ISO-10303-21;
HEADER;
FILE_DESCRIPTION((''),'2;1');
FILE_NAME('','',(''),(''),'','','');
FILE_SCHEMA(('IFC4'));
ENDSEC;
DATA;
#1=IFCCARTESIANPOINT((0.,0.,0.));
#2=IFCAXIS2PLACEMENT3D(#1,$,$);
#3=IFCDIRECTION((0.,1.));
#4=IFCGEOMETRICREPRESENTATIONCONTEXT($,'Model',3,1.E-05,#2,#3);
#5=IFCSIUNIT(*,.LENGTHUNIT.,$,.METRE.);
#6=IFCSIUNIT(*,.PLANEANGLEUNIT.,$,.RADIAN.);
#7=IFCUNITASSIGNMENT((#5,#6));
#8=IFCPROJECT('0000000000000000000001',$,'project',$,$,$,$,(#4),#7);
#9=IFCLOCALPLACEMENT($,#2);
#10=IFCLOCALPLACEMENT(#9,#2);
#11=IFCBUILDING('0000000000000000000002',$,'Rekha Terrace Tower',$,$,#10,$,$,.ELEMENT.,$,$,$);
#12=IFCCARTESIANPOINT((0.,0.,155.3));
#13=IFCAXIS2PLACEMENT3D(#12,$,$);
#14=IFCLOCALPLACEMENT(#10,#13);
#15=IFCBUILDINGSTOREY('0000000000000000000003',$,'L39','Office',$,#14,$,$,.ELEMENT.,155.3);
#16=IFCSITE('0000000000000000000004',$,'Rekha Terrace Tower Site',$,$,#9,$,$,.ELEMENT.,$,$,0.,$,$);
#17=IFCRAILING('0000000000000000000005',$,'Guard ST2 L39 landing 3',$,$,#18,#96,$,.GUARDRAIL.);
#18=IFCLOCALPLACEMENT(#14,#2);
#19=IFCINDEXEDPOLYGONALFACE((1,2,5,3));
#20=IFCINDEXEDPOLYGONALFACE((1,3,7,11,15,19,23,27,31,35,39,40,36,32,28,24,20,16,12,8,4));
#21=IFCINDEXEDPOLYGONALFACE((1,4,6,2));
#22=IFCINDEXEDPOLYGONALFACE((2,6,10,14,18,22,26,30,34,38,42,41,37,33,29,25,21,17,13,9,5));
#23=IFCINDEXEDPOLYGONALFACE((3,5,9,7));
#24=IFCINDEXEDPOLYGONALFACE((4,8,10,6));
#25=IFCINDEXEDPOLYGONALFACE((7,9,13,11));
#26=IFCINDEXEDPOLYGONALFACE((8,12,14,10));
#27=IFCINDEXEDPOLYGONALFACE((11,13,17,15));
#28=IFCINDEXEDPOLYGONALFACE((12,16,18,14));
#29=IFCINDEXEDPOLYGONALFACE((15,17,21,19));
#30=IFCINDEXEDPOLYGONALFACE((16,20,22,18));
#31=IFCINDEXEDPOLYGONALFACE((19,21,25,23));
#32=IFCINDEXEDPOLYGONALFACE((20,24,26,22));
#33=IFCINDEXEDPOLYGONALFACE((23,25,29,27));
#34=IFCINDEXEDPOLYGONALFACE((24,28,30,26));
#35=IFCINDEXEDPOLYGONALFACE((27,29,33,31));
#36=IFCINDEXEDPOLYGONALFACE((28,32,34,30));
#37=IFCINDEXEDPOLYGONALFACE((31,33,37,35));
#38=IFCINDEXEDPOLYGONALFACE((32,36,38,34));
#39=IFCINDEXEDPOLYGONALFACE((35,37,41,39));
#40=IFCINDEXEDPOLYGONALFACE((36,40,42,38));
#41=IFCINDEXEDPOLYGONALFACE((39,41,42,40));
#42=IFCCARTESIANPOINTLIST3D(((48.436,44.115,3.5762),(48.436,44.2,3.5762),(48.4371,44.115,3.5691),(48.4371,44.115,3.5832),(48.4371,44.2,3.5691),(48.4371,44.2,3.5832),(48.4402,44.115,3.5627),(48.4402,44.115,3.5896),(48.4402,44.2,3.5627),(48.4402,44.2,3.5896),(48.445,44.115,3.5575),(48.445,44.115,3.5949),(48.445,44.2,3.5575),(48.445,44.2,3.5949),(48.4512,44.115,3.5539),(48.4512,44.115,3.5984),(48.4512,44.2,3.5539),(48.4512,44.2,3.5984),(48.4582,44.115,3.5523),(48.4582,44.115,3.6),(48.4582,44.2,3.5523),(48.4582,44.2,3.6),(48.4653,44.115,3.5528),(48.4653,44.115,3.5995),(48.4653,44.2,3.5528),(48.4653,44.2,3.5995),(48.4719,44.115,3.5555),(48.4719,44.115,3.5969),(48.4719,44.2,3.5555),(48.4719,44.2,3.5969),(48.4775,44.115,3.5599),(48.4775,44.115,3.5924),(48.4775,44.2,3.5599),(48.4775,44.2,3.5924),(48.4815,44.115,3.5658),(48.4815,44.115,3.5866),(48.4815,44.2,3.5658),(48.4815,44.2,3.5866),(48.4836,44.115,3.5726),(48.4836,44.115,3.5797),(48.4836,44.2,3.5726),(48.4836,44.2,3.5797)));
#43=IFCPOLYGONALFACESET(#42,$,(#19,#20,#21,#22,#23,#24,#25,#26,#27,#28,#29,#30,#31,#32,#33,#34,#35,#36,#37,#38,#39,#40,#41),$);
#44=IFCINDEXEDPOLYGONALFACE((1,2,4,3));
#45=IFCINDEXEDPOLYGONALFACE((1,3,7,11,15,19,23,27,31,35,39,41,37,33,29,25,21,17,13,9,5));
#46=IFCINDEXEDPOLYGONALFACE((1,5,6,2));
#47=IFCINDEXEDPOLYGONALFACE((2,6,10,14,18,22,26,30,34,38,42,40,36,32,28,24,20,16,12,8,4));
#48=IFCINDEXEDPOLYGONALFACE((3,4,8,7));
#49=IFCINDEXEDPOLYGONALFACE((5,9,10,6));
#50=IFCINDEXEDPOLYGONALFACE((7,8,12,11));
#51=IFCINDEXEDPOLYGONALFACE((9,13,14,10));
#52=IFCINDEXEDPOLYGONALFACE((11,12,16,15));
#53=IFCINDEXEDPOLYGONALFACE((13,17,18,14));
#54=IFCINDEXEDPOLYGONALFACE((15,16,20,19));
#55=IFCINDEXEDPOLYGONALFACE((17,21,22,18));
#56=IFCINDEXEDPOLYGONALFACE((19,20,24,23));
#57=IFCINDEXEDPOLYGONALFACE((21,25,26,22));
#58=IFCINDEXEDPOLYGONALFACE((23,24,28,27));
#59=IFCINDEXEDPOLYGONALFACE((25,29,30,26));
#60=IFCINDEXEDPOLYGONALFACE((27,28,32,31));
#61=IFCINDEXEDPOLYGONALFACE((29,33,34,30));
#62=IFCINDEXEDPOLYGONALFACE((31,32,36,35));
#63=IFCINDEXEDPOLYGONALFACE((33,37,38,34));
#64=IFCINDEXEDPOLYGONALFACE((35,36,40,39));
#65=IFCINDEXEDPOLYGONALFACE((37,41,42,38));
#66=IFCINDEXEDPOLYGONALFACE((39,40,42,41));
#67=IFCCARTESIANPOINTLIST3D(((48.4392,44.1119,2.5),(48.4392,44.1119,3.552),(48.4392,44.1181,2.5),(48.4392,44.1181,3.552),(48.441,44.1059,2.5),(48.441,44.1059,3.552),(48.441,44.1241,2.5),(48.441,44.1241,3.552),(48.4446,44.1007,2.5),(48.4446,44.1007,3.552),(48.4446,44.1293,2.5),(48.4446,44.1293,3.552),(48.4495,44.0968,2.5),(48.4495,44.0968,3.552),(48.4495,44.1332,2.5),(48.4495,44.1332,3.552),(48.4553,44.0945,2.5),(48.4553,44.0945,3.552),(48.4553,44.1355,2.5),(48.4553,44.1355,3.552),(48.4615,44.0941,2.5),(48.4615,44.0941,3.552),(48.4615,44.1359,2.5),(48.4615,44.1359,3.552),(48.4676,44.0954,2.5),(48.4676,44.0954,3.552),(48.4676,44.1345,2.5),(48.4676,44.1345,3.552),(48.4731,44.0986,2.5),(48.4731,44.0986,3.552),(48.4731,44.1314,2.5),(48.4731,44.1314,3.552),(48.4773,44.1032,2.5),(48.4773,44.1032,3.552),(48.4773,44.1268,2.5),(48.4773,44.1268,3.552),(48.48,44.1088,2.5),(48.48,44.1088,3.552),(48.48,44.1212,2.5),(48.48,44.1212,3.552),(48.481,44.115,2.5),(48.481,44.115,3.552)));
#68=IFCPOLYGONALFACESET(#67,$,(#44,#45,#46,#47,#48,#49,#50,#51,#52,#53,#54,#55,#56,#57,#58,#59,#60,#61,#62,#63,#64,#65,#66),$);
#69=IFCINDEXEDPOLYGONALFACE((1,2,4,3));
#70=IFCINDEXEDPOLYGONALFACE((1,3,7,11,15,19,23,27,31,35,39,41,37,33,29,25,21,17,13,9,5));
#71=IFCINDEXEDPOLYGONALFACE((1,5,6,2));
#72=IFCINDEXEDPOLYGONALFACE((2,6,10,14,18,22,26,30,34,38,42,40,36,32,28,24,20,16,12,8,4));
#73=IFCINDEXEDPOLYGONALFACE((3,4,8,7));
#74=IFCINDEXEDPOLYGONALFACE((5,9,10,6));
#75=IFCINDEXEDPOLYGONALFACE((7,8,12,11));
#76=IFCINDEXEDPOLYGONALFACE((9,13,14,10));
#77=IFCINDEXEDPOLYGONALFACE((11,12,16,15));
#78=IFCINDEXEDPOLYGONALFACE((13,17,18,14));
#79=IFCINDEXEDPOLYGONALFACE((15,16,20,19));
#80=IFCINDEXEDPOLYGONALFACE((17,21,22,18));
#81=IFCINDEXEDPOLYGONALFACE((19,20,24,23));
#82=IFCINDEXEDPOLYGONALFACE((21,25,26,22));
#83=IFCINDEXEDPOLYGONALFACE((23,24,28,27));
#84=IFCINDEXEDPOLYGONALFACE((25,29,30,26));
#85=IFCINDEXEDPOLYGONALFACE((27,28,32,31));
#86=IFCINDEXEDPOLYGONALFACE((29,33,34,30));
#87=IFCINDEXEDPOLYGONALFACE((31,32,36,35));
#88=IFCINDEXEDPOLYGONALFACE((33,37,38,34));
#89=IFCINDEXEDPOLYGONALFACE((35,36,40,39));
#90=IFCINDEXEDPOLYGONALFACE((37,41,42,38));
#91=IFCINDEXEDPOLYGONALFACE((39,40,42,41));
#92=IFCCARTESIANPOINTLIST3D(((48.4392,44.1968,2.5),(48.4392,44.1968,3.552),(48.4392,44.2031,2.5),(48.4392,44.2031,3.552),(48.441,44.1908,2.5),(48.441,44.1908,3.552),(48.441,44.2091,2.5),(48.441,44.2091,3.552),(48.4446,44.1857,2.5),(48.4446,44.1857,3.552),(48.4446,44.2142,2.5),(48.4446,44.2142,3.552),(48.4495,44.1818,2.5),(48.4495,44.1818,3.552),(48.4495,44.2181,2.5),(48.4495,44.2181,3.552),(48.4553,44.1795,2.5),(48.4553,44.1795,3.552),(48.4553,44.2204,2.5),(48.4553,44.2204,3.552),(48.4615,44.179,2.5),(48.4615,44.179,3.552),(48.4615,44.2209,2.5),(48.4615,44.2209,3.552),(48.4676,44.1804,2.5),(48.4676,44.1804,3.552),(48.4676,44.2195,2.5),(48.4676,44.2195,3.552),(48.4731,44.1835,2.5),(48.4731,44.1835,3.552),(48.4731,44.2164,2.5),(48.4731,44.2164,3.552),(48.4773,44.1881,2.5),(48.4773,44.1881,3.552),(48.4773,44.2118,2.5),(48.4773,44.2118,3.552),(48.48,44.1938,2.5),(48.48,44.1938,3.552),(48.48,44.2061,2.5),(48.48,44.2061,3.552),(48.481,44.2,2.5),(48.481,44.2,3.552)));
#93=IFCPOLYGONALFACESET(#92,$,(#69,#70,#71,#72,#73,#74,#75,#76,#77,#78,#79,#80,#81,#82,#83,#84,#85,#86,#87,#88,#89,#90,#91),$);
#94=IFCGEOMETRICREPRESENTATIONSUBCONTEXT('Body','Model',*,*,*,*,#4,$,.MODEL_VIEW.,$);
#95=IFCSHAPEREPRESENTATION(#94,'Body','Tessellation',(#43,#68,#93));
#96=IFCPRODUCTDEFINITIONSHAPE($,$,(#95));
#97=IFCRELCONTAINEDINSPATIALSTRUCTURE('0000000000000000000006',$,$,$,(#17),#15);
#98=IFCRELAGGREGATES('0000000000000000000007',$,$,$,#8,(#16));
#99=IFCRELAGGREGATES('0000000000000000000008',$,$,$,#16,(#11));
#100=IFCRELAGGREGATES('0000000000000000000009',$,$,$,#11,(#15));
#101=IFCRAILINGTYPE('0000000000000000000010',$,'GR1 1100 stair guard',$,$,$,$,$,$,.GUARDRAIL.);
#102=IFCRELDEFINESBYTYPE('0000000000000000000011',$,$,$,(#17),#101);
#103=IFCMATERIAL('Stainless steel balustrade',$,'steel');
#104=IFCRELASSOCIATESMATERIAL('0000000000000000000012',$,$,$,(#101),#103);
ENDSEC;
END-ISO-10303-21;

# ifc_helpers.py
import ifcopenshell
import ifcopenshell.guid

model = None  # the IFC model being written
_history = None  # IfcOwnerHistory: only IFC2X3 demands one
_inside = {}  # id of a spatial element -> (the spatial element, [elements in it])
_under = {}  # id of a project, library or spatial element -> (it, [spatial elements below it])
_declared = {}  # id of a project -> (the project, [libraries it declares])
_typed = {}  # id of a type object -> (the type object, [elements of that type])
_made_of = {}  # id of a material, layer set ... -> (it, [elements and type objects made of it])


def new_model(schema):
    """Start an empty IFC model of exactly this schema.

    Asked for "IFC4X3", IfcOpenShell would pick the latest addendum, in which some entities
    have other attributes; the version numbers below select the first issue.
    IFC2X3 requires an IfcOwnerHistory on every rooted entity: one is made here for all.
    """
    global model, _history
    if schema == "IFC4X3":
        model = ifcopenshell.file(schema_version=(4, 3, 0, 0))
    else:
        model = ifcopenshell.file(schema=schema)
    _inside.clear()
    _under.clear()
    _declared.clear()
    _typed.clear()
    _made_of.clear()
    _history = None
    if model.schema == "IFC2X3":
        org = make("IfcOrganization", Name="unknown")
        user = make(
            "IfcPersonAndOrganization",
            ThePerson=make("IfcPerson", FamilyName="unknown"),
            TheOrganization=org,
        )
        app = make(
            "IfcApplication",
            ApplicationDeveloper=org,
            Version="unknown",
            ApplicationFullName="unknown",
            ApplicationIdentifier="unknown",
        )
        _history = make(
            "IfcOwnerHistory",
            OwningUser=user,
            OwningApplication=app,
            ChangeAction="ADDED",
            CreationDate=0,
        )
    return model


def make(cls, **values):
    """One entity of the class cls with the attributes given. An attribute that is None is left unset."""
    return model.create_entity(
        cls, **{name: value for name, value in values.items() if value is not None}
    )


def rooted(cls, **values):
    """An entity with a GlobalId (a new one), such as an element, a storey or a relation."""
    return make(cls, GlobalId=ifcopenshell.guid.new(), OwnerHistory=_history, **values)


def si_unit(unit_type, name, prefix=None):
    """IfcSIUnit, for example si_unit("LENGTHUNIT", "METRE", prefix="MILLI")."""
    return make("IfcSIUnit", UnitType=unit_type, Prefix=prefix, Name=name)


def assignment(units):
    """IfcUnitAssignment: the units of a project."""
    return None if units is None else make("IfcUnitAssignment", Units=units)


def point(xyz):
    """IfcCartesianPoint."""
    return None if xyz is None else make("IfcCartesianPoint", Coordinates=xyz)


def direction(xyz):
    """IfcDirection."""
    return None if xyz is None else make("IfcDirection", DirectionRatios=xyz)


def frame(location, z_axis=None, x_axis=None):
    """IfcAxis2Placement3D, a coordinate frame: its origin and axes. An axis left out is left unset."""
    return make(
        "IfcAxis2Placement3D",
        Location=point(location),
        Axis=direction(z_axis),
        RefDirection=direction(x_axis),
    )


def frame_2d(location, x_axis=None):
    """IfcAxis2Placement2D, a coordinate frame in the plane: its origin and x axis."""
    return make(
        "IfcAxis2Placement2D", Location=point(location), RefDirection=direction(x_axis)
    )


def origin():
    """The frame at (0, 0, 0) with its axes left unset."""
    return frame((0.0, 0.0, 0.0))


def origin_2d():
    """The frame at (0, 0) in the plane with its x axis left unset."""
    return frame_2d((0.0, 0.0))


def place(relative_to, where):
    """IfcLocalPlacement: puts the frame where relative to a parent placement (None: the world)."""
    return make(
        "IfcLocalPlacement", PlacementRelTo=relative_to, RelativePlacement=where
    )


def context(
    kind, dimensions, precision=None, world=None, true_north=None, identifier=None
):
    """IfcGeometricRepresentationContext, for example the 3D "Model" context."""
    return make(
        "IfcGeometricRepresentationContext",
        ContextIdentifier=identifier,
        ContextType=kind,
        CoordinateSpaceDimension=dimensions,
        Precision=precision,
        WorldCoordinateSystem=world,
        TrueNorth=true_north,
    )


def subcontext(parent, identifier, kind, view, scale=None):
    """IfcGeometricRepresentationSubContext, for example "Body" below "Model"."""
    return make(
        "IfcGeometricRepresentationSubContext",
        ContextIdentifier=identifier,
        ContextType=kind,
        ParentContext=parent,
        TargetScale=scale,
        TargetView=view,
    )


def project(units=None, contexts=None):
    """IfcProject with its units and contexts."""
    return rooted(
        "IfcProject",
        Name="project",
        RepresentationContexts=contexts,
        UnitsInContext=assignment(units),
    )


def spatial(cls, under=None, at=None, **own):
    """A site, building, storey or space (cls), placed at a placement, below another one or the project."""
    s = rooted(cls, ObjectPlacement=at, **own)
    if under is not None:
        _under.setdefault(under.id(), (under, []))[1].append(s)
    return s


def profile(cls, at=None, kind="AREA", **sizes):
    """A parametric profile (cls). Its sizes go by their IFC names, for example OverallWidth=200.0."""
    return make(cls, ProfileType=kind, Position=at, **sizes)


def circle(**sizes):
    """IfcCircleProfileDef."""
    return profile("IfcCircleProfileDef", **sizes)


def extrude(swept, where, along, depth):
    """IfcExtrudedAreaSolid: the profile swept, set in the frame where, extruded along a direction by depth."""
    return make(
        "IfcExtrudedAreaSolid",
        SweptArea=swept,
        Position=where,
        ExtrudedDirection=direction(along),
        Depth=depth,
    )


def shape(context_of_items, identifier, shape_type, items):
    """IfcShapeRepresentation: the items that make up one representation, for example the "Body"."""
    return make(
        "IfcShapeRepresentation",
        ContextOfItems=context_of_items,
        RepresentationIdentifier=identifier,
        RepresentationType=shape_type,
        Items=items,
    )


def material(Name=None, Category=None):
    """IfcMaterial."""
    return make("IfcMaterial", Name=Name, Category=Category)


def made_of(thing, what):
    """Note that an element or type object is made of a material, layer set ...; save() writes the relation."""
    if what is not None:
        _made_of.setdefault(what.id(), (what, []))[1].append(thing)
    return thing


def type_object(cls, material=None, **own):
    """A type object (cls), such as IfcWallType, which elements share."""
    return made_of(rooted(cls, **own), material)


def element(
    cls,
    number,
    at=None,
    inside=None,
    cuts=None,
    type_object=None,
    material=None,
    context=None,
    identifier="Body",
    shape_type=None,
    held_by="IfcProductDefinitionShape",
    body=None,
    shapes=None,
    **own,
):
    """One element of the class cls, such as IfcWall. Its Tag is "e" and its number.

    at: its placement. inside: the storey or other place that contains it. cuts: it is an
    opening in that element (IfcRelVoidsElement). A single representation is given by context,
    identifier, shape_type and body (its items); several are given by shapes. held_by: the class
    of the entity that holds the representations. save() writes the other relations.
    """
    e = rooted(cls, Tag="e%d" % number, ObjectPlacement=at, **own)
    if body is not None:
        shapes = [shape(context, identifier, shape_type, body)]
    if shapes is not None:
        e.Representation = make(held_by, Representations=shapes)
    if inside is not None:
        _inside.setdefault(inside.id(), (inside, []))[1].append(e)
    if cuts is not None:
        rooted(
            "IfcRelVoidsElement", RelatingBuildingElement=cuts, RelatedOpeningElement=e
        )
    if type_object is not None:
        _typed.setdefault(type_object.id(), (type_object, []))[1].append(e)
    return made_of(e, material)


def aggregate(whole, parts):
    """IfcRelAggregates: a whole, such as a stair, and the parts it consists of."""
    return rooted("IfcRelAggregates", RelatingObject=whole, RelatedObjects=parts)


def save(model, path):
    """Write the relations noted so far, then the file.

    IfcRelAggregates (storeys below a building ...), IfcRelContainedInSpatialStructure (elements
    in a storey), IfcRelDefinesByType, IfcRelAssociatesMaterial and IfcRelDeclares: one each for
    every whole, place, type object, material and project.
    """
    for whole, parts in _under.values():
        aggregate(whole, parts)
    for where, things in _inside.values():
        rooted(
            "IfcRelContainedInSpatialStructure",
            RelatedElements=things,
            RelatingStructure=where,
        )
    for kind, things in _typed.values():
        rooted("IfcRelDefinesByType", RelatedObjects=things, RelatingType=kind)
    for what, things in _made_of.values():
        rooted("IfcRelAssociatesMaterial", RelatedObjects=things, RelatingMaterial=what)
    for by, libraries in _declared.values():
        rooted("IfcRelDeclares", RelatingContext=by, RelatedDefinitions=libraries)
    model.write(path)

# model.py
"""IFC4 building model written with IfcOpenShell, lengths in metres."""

from ifc_helpers import new_model, si_unit, direction, frame, origin, origin_2d, place, context, subcontext, project, spatial, circle, extrude, material, type_object, element, save


model = new_model("IFC4")

# Units and contexts
model_context = context("Model", 3, precision=1e-05, world=origin(), true_north=direction((0.0, 1.0)))
body_context = subcontext(model_context, "Body", "Model", "MODEL_VIEW")
ifc_project = project(units=[si_unit("LENGTHUNIT", "METRE"), si_unit("PLANEANGLEUNIT", "RADIAN")], contexts=[model_context])

# Site, building, storey
site_placement = place(None, origin())
site = spatial("IfcSite", under=ifc_project, at=site_placement, Name="Rekha Terrace Tower Site", CompositionType="ELEMENT", RefElevation=0.0)
building_placement = place(site_placement, origin())
building = spatial("IfcBuilding", under=site, at=building_placement, Name="Rekha Terrace Tower", CompositionType="ELEMENT")
storey_placement = place(building_placement, frame((0.0, 0.0, 155.3)))
storey = spatial("IfcBuildingStorey", under=building, at=storey_placement, Name="L39", Description="Office", CompositionType="ELEMENT", Elevation=155.3)

# Railing
ifc_material_1 = material(Name="Stainless steel balustrade", Category="steel")
railing_type_1 = type_object("IfcRailingType", Name="GR1 1100 stair guard", PredefinedType="GUARDRAIL", material=ifc_material_1)
railing_1_placement = place(storey_placement, frame((48.46, 44.115, 2.5)))
element("IfcRailing", 1, at=railing_1_placement, inside=storey, type_object=railing_type_1, Name="Guard ST2 L39 landing 3", PredefinedType="GUARDRAIL", context=body_context, shape_type="SweptSolid", body=[
    extrude(circle(Radius=0.0239, at=origin_2d()), frame((0.0, 0.0, 1.0762), z_axis=(0.0, 1.0, 0.0), x_axis=(-1.0, 0.0, 0.0)), (0.0, 0.0, 1.0), 0.085),
    extrude(circle(Radius=0.021, at=origin_2d()), origin(), (0.0, 0.0, 1.0), 1.052),
    extrude(circle(Radius=0.021, at=origin_2d()), frame((0.0, 0.085, 0.0)), (0.0, 0.0, 1.0), 1.052),
])

save(model, "model.ifc")
